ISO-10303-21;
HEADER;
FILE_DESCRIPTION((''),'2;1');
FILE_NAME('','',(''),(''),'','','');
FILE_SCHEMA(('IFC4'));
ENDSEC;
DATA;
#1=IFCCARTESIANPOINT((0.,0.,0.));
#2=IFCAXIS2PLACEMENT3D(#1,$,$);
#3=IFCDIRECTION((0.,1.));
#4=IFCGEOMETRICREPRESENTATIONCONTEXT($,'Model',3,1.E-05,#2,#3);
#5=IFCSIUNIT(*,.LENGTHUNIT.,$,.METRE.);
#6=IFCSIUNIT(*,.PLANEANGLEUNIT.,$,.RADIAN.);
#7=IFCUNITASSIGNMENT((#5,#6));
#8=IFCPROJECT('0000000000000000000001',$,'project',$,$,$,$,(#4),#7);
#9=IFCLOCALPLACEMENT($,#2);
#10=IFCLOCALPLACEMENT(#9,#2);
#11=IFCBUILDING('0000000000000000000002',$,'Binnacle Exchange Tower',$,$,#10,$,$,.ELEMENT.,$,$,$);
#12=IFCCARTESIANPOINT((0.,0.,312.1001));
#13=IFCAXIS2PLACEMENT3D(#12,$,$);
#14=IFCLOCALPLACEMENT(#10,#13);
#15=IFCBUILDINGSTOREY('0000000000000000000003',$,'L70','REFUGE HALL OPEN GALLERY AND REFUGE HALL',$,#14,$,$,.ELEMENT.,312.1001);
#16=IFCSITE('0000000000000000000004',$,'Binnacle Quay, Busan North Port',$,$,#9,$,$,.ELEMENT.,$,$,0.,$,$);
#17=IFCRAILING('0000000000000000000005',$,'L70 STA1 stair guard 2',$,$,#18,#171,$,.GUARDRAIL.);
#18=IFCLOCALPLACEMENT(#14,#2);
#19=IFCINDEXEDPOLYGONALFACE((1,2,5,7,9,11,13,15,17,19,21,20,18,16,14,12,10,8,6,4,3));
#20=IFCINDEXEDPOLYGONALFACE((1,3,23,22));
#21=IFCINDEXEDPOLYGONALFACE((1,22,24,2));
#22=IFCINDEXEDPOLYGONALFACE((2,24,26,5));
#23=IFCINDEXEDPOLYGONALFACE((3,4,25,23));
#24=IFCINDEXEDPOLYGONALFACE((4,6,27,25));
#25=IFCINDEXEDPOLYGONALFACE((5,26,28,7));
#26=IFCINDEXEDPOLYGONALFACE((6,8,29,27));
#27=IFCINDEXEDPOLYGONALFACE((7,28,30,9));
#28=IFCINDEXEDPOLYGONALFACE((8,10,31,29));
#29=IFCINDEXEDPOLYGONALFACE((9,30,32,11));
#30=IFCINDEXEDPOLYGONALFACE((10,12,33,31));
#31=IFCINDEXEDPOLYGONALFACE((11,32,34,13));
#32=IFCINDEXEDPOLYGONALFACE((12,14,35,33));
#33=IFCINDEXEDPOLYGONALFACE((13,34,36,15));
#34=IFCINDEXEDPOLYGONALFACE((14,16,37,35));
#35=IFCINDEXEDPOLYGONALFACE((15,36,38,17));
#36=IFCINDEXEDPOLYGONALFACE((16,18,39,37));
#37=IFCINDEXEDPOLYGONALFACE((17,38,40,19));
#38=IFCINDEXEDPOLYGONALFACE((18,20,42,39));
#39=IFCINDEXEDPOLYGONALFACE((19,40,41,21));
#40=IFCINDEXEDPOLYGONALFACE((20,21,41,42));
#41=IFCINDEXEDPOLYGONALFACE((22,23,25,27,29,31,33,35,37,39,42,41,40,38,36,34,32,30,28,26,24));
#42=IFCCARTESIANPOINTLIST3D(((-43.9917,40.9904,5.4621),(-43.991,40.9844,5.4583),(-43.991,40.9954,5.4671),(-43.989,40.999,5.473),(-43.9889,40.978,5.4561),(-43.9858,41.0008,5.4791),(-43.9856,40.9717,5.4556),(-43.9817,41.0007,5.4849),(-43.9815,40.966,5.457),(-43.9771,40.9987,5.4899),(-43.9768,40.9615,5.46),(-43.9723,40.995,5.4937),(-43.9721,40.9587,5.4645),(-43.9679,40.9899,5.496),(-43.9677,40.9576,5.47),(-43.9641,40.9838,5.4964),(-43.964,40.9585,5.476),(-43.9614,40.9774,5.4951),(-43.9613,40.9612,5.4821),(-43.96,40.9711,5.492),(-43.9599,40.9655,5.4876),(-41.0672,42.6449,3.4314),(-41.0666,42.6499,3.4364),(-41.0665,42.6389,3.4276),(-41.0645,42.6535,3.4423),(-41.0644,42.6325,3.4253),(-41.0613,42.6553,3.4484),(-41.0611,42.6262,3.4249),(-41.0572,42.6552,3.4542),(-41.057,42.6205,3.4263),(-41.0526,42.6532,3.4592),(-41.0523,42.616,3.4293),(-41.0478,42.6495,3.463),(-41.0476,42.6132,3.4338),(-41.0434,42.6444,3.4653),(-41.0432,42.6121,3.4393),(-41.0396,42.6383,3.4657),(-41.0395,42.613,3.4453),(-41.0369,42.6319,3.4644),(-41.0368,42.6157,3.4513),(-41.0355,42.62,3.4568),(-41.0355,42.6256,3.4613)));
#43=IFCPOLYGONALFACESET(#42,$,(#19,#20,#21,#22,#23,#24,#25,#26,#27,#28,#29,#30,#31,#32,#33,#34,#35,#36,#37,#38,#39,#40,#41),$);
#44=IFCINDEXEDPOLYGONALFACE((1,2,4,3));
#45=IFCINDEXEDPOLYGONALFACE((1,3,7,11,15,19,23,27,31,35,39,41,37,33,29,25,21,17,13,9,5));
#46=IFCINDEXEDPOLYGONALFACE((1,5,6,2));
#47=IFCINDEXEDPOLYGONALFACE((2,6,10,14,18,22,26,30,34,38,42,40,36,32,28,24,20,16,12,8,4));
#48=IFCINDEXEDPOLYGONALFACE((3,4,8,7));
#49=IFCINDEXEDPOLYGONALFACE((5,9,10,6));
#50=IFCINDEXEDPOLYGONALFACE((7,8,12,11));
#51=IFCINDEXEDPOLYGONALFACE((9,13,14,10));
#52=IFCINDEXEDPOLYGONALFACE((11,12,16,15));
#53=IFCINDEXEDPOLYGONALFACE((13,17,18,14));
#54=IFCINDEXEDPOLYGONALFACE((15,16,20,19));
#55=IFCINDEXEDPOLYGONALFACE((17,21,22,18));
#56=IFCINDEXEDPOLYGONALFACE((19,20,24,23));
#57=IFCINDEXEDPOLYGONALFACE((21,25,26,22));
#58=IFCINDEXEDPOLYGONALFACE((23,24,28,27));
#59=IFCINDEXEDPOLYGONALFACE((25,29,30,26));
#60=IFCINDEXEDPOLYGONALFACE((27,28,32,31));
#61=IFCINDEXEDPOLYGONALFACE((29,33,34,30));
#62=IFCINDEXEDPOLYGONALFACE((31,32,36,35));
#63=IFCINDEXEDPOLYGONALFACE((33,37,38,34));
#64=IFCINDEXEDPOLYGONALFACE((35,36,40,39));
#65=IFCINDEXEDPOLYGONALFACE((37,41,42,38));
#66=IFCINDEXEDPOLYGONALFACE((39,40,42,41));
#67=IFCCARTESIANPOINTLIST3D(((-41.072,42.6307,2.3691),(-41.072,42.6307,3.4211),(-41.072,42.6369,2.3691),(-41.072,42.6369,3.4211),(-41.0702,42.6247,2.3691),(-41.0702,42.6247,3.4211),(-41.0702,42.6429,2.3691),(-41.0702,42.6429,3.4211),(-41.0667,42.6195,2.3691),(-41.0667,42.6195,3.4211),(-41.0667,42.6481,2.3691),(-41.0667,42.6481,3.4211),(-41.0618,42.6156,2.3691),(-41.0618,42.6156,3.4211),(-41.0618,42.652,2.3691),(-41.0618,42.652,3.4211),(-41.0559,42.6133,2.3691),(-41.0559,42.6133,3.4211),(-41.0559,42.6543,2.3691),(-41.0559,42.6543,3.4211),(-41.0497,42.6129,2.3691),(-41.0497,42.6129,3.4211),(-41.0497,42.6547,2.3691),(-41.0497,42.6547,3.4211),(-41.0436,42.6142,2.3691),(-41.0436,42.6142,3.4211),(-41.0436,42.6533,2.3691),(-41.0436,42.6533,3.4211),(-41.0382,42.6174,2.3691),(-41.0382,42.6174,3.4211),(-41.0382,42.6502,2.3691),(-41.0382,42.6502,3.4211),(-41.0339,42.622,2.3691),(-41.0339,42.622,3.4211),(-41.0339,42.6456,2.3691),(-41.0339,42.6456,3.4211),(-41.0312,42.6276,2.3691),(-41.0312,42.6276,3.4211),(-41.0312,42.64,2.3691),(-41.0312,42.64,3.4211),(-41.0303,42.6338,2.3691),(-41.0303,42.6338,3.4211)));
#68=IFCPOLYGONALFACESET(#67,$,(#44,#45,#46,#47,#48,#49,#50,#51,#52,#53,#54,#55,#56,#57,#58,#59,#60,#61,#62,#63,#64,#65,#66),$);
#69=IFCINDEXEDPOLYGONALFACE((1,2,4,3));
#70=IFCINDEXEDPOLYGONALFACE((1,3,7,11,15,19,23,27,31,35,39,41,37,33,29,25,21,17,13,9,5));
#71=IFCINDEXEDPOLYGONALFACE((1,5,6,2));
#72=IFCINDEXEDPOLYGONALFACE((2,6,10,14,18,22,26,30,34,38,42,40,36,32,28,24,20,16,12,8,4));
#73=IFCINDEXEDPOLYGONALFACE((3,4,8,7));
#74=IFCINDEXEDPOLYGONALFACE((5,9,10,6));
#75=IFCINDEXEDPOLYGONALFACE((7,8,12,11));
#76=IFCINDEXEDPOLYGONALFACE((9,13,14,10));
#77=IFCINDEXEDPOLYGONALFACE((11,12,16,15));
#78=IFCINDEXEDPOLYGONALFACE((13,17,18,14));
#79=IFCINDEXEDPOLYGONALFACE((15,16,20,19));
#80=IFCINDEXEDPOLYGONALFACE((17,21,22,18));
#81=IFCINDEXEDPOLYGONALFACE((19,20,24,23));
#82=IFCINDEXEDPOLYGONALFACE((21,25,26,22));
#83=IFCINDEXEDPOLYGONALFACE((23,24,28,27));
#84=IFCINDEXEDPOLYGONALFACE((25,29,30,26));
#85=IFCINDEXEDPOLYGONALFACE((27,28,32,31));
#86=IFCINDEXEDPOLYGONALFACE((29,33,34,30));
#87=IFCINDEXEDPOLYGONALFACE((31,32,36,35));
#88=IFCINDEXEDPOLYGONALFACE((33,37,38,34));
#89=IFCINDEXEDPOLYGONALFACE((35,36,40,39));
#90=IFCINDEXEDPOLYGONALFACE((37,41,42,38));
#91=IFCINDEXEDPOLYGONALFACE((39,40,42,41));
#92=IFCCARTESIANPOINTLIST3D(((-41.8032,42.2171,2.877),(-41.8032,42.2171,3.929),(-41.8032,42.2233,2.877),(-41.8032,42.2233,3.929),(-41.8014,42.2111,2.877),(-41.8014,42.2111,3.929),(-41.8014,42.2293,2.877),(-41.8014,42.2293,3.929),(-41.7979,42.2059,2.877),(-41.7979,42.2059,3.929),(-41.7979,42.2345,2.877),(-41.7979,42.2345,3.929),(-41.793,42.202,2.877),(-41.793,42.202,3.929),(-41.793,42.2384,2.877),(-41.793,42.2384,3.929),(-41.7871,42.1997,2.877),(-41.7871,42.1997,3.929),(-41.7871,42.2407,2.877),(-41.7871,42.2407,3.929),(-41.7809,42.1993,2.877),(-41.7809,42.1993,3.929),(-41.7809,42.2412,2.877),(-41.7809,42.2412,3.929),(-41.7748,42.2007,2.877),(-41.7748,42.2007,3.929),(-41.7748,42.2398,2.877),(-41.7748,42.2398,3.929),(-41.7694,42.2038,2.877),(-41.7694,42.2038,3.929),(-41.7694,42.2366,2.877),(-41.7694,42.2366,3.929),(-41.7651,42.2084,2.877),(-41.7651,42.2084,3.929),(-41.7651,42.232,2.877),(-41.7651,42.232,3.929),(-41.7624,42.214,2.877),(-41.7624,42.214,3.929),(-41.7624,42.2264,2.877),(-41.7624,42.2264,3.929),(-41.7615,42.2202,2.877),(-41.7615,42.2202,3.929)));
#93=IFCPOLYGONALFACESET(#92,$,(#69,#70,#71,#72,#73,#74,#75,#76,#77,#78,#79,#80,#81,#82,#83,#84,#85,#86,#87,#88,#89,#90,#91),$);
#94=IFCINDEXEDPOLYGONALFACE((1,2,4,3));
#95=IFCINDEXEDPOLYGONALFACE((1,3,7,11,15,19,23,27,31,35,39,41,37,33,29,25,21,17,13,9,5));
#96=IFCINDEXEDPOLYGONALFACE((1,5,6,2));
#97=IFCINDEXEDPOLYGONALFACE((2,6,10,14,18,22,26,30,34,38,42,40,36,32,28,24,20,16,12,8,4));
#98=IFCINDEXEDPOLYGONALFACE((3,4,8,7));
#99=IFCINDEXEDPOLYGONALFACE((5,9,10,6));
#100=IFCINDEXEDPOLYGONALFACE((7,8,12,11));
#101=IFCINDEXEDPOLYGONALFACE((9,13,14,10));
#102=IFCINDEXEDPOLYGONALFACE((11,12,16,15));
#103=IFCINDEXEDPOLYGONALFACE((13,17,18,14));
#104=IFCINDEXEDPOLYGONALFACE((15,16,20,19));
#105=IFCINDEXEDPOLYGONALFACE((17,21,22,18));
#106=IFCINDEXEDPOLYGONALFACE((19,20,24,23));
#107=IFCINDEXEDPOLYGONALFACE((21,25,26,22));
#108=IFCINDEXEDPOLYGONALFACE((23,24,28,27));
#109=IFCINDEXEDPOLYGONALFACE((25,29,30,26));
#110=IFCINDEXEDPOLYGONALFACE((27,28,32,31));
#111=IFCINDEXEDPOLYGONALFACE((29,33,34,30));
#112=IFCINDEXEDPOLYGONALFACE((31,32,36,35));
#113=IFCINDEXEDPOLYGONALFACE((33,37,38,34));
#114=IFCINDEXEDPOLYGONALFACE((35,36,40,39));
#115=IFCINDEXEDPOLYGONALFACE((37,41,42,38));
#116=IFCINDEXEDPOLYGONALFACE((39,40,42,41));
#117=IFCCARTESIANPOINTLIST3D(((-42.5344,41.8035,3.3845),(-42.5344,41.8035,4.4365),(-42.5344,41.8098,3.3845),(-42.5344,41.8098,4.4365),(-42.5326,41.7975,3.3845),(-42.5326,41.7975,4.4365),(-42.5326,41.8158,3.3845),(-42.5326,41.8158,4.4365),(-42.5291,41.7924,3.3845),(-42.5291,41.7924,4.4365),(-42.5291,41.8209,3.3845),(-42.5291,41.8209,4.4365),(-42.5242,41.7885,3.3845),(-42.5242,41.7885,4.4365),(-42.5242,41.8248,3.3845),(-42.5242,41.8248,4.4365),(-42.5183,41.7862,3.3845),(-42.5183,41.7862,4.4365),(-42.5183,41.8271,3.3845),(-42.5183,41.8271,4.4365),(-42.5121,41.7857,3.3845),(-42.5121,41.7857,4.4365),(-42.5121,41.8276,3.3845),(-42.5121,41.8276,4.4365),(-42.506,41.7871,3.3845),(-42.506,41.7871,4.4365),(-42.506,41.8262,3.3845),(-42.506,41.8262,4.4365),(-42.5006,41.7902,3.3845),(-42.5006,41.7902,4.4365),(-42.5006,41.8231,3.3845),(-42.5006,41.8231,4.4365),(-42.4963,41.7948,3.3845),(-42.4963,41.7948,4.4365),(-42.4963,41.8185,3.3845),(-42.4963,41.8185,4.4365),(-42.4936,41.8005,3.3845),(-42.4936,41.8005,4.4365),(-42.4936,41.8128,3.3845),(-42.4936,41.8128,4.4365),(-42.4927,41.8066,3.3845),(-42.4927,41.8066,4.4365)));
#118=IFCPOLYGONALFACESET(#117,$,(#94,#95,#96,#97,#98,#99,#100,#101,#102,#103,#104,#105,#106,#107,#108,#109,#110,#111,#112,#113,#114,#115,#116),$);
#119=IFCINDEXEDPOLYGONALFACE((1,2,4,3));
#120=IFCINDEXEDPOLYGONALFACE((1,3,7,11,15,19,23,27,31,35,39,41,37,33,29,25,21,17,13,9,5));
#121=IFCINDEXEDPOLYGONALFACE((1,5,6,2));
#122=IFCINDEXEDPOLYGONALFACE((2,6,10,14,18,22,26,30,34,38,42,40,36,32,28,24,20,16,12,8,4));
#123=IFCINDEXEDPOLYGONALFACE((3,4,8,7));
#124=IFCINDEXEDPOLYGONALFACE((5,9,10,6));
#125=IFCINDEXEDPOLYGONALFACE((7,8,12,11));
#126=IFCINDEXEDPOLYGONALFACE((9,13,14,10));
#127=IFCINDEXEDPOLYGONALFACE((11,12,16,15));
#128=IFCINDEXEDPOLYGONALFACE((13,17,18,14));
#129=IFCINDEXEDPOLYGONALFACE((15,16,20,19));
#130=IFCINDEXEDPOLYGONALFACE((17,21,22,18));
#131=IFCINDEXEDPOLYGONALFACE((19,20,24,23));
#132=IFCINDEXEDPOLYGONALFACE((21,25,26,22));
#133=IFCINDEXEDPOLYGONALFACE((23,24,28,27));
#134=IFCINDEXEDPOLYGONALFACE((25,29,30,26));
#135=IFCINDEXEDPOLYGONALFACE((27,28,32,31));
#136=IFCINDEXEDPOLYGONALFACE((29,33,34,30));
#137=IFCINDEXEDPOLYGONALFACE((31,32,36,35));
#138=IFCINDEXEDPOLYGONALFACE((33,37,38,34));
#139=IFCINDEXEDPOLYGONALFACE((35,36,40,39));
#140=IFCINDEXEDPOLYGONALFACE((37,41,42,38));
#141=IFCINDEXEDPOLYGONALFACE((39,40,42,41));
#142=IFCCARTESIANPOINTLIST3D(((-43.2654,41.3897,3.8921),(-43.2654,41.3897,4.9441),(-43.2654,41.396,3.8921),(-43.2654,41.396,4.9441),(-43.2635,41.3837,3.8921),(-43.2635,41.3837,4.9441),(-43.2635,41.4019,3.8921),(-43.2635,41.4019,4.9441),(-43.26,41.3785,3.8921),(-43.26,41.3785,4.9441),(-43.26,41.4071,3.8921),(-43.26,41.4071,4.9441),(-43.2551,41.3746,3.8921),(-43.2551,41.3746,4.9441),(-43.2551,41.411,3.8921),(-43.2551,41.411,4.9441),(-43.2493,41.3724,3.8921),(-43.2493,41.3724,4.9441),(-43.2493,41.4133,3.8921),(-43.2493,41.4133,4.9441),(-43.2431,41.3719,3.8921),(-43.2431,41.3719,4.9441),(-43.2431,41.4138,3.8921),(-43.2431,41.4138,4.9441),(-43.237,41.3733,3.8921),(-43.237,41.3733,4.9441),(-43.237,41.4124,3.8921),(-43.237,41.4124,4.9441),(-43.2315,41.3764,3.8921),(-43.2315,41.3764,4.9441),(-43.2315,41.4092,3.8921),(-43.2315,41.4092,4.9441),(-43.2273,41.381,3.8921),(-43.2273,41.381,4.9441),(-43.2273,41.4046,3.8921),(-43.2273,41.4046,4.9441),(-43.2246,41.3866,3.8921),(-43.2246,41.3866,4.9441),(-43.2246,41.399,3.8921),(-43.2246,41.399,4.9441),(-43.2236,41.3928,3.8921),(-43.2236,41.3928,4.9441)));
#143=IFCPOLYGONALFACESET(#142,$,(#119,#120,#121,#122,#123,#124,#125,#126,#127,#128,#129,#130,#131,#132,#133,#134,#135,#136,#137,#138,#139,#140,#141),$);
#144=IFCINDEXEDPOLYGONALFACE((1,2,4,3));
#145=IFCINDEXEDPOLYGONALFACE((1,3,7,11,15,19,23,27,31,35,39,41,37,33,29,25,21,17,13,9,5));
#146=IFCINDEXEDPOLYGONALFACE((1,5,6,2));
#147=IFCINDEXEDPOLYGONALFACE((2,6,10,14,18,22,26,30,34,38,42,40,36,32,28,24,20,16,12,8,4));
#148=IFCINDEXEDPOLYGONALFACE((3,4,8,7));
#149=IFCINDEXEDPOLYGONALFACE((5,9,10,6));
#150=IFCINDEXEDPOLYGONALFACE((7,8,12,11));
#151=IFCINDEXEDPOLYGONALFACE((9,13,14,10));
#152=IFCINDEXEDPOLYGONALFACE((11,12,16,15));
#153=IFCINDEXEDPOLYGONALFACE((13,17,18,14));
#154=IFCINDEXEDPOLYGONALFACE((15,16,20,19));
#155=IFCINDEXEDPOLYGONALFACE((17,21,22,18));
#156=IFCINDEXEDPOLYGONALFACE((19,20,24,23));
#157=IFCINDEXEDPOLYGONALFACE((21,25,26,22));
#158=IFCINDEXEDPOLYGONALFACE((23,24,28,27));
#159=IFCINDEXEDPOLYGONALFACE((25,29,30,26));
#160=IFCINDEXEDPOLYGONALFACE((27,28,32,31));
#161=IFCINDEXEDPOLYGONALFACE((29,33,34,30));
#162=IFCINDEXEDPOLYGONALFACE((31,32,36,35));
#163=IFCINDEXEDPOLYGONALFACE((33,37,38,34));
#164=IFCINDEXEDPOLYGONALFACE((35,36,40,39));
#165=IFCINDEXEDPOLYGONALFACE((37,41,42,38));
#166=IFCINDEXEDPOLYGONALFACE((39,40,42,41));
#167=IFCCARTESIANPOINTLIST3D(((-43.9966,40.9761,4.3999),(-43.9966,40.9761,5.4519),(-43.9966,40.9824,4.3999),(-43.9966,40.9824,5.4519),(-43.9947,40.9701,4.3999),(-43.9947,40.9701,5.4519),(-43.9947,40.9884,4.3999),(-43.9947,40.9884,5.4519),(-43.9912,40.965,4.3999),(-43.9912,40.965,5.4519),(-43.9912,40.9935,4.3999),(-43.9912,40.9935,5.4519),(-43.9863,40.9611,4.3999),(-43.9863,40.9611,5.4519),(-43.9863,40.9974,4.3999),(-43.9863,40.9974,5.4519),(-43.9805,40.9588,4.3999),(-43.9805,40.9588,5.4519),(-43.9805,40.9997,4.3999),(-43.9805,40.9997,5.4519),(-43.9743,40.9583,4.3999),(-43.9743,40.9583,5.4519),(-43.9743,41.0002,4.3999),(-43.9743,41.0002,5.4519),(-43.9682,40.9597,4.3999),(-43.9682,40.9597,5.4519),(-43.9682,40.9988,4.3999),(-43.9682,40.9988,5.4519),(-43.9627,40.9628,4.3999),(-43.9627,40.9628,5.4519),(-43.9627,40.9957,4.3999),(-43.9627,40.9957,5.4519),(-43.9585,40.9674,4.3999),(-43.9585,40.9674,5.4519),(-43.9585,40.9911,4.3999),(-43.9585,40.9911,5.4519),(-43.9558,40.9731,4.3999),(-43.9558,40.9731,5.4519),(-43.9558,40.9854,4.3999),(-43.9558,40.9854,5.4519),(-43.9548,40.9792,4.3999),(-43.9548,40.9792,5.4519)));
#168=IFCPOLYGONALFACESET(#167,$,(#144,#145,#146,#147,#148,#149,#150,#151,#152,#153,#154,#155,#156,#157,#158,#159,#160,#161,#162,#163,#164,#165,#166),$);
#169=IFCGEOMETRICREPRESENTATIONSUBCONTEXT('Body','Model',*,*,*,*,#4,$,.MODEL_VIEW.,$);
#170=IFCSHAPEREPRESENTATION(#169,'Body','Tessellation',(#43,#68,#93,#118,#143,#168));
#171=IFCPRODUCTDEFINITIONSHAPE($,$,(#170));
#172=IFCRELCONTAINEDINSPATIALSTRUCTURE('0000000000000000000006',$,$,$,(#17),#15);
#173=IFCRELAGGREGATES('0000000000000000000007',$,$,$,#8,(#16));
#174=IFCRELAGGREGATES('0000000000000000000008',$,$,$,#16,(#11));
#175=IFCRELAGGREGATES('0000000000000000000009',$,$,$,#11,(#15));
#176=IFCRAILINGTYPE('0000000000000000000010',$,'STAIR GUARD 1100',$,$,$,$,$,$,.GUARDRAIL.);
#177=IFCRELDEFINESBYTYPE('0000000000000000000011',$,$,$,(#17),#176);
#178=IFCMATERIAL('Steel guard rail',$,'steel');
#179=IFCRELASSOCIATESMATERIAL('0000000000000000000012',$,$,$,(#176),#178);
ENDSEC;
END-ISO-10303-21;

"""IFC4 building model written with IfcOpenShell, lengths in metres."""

from ifc_helpers import new_model, si_unit, direction, frame, origin, origin_2d, place, context, subcontext, project, spatial, circle, extrude, material, type_object, element, save


model = new_model("IFC4")

# Units and contexts
model_context = context("Model", 3, precision=1e-05, world=origin(), true_north=direction((0.0, 1.0)))
body_context = subcontext(model_context, "Body", "Model", "MODEL_VIEW")
ifc_project = project(units=[si_unit("LENGTHUNIT", "METRE"), si_unit("PLANEANGLEUNIT", "RADIAN")], contexts=[model_context])

# Site, building, storey
site_placement = place(None, origin())
site = spatial("IfcSite", under=ifc_project, at=site_placement, Name="Binnacle Quay, Busan North Port", CompositionType="ELEMENT", RefElevation=0.0)
building_placement = place(site_placement, origin())
building = spatial("IfcBuilding", under=site, at=building_placement, Name="Binnacle Exchange Tower", CompositionType="ELEMENT")
storey_placement = place(building_placement, frame((0.0, 0.0, 312.1001)))
storey = spatial("IfcBuildingStorey", under=building, at=storey_placement, Name="L70", Description="REFUGE HALL OPEN GALLERY AND REFUGE HALL", CompositionType="ELEMENT", Elevation=312.1001)

# Railing
ifc_material_1 = material(Name="Steel guard rail", Category="steel")
railing_type_1 = type_object("IfcRailingType", Name="STAIR GUARD 1100", PredefinedType="GUARDRAIL", material=ifc_material_1)
railing_1_placement = place(storey_placement, frame((-41.0513, 42.6338, 2.3691)))
element("IfcRailing", 1, at=railing_1_placement, inside=storey, type_object=railing_type_1, Name="L70 STA1 stair guard 2", PredefinedType="GUARDRAIL", context=body_context, shape_type="SweptSolid", body=[
    extrude(circle(Radius=0.0239, at=origin_2d()), frame((0.0, 0.0, 1.0762), z_axis=(-0.744895, -0.421417, 0.517242), x_axis=(0.492402, -0.870368, 0.0)), (0.0, 0.0, 1.0), 3.926),
    extrude(circle(Radius=0.021, at=origin_2d()), origin(), (0.0, 0.0, 1.0), 1.052),
    extrude(circle(Radius=0.021, at=origin_2d()), frame((-0.7312, -0.4136, 0.5078)), (0.0, 0.0, 1.0), 1.052),
    extrude(circle(Radius=0.021, at=origin_2d()), frame((-1.4624, -0.8271, 1.0154)), (0.0, 0.0, 1.0), 1.052),
    extrude(circle(Radius=0.021, at=origin_2d()), frame((-2.1934, -1.241, 1.5229)), (0.0, 0.0, 1.0), 1.052),
    extrude(circle(Radius=0.021, at=origin_2d()), frame((-2.9246, -1.6545, 2.0308)), (0.0, 0.0, 1.0), 1.052),
])

save(model, "model.ifc")
